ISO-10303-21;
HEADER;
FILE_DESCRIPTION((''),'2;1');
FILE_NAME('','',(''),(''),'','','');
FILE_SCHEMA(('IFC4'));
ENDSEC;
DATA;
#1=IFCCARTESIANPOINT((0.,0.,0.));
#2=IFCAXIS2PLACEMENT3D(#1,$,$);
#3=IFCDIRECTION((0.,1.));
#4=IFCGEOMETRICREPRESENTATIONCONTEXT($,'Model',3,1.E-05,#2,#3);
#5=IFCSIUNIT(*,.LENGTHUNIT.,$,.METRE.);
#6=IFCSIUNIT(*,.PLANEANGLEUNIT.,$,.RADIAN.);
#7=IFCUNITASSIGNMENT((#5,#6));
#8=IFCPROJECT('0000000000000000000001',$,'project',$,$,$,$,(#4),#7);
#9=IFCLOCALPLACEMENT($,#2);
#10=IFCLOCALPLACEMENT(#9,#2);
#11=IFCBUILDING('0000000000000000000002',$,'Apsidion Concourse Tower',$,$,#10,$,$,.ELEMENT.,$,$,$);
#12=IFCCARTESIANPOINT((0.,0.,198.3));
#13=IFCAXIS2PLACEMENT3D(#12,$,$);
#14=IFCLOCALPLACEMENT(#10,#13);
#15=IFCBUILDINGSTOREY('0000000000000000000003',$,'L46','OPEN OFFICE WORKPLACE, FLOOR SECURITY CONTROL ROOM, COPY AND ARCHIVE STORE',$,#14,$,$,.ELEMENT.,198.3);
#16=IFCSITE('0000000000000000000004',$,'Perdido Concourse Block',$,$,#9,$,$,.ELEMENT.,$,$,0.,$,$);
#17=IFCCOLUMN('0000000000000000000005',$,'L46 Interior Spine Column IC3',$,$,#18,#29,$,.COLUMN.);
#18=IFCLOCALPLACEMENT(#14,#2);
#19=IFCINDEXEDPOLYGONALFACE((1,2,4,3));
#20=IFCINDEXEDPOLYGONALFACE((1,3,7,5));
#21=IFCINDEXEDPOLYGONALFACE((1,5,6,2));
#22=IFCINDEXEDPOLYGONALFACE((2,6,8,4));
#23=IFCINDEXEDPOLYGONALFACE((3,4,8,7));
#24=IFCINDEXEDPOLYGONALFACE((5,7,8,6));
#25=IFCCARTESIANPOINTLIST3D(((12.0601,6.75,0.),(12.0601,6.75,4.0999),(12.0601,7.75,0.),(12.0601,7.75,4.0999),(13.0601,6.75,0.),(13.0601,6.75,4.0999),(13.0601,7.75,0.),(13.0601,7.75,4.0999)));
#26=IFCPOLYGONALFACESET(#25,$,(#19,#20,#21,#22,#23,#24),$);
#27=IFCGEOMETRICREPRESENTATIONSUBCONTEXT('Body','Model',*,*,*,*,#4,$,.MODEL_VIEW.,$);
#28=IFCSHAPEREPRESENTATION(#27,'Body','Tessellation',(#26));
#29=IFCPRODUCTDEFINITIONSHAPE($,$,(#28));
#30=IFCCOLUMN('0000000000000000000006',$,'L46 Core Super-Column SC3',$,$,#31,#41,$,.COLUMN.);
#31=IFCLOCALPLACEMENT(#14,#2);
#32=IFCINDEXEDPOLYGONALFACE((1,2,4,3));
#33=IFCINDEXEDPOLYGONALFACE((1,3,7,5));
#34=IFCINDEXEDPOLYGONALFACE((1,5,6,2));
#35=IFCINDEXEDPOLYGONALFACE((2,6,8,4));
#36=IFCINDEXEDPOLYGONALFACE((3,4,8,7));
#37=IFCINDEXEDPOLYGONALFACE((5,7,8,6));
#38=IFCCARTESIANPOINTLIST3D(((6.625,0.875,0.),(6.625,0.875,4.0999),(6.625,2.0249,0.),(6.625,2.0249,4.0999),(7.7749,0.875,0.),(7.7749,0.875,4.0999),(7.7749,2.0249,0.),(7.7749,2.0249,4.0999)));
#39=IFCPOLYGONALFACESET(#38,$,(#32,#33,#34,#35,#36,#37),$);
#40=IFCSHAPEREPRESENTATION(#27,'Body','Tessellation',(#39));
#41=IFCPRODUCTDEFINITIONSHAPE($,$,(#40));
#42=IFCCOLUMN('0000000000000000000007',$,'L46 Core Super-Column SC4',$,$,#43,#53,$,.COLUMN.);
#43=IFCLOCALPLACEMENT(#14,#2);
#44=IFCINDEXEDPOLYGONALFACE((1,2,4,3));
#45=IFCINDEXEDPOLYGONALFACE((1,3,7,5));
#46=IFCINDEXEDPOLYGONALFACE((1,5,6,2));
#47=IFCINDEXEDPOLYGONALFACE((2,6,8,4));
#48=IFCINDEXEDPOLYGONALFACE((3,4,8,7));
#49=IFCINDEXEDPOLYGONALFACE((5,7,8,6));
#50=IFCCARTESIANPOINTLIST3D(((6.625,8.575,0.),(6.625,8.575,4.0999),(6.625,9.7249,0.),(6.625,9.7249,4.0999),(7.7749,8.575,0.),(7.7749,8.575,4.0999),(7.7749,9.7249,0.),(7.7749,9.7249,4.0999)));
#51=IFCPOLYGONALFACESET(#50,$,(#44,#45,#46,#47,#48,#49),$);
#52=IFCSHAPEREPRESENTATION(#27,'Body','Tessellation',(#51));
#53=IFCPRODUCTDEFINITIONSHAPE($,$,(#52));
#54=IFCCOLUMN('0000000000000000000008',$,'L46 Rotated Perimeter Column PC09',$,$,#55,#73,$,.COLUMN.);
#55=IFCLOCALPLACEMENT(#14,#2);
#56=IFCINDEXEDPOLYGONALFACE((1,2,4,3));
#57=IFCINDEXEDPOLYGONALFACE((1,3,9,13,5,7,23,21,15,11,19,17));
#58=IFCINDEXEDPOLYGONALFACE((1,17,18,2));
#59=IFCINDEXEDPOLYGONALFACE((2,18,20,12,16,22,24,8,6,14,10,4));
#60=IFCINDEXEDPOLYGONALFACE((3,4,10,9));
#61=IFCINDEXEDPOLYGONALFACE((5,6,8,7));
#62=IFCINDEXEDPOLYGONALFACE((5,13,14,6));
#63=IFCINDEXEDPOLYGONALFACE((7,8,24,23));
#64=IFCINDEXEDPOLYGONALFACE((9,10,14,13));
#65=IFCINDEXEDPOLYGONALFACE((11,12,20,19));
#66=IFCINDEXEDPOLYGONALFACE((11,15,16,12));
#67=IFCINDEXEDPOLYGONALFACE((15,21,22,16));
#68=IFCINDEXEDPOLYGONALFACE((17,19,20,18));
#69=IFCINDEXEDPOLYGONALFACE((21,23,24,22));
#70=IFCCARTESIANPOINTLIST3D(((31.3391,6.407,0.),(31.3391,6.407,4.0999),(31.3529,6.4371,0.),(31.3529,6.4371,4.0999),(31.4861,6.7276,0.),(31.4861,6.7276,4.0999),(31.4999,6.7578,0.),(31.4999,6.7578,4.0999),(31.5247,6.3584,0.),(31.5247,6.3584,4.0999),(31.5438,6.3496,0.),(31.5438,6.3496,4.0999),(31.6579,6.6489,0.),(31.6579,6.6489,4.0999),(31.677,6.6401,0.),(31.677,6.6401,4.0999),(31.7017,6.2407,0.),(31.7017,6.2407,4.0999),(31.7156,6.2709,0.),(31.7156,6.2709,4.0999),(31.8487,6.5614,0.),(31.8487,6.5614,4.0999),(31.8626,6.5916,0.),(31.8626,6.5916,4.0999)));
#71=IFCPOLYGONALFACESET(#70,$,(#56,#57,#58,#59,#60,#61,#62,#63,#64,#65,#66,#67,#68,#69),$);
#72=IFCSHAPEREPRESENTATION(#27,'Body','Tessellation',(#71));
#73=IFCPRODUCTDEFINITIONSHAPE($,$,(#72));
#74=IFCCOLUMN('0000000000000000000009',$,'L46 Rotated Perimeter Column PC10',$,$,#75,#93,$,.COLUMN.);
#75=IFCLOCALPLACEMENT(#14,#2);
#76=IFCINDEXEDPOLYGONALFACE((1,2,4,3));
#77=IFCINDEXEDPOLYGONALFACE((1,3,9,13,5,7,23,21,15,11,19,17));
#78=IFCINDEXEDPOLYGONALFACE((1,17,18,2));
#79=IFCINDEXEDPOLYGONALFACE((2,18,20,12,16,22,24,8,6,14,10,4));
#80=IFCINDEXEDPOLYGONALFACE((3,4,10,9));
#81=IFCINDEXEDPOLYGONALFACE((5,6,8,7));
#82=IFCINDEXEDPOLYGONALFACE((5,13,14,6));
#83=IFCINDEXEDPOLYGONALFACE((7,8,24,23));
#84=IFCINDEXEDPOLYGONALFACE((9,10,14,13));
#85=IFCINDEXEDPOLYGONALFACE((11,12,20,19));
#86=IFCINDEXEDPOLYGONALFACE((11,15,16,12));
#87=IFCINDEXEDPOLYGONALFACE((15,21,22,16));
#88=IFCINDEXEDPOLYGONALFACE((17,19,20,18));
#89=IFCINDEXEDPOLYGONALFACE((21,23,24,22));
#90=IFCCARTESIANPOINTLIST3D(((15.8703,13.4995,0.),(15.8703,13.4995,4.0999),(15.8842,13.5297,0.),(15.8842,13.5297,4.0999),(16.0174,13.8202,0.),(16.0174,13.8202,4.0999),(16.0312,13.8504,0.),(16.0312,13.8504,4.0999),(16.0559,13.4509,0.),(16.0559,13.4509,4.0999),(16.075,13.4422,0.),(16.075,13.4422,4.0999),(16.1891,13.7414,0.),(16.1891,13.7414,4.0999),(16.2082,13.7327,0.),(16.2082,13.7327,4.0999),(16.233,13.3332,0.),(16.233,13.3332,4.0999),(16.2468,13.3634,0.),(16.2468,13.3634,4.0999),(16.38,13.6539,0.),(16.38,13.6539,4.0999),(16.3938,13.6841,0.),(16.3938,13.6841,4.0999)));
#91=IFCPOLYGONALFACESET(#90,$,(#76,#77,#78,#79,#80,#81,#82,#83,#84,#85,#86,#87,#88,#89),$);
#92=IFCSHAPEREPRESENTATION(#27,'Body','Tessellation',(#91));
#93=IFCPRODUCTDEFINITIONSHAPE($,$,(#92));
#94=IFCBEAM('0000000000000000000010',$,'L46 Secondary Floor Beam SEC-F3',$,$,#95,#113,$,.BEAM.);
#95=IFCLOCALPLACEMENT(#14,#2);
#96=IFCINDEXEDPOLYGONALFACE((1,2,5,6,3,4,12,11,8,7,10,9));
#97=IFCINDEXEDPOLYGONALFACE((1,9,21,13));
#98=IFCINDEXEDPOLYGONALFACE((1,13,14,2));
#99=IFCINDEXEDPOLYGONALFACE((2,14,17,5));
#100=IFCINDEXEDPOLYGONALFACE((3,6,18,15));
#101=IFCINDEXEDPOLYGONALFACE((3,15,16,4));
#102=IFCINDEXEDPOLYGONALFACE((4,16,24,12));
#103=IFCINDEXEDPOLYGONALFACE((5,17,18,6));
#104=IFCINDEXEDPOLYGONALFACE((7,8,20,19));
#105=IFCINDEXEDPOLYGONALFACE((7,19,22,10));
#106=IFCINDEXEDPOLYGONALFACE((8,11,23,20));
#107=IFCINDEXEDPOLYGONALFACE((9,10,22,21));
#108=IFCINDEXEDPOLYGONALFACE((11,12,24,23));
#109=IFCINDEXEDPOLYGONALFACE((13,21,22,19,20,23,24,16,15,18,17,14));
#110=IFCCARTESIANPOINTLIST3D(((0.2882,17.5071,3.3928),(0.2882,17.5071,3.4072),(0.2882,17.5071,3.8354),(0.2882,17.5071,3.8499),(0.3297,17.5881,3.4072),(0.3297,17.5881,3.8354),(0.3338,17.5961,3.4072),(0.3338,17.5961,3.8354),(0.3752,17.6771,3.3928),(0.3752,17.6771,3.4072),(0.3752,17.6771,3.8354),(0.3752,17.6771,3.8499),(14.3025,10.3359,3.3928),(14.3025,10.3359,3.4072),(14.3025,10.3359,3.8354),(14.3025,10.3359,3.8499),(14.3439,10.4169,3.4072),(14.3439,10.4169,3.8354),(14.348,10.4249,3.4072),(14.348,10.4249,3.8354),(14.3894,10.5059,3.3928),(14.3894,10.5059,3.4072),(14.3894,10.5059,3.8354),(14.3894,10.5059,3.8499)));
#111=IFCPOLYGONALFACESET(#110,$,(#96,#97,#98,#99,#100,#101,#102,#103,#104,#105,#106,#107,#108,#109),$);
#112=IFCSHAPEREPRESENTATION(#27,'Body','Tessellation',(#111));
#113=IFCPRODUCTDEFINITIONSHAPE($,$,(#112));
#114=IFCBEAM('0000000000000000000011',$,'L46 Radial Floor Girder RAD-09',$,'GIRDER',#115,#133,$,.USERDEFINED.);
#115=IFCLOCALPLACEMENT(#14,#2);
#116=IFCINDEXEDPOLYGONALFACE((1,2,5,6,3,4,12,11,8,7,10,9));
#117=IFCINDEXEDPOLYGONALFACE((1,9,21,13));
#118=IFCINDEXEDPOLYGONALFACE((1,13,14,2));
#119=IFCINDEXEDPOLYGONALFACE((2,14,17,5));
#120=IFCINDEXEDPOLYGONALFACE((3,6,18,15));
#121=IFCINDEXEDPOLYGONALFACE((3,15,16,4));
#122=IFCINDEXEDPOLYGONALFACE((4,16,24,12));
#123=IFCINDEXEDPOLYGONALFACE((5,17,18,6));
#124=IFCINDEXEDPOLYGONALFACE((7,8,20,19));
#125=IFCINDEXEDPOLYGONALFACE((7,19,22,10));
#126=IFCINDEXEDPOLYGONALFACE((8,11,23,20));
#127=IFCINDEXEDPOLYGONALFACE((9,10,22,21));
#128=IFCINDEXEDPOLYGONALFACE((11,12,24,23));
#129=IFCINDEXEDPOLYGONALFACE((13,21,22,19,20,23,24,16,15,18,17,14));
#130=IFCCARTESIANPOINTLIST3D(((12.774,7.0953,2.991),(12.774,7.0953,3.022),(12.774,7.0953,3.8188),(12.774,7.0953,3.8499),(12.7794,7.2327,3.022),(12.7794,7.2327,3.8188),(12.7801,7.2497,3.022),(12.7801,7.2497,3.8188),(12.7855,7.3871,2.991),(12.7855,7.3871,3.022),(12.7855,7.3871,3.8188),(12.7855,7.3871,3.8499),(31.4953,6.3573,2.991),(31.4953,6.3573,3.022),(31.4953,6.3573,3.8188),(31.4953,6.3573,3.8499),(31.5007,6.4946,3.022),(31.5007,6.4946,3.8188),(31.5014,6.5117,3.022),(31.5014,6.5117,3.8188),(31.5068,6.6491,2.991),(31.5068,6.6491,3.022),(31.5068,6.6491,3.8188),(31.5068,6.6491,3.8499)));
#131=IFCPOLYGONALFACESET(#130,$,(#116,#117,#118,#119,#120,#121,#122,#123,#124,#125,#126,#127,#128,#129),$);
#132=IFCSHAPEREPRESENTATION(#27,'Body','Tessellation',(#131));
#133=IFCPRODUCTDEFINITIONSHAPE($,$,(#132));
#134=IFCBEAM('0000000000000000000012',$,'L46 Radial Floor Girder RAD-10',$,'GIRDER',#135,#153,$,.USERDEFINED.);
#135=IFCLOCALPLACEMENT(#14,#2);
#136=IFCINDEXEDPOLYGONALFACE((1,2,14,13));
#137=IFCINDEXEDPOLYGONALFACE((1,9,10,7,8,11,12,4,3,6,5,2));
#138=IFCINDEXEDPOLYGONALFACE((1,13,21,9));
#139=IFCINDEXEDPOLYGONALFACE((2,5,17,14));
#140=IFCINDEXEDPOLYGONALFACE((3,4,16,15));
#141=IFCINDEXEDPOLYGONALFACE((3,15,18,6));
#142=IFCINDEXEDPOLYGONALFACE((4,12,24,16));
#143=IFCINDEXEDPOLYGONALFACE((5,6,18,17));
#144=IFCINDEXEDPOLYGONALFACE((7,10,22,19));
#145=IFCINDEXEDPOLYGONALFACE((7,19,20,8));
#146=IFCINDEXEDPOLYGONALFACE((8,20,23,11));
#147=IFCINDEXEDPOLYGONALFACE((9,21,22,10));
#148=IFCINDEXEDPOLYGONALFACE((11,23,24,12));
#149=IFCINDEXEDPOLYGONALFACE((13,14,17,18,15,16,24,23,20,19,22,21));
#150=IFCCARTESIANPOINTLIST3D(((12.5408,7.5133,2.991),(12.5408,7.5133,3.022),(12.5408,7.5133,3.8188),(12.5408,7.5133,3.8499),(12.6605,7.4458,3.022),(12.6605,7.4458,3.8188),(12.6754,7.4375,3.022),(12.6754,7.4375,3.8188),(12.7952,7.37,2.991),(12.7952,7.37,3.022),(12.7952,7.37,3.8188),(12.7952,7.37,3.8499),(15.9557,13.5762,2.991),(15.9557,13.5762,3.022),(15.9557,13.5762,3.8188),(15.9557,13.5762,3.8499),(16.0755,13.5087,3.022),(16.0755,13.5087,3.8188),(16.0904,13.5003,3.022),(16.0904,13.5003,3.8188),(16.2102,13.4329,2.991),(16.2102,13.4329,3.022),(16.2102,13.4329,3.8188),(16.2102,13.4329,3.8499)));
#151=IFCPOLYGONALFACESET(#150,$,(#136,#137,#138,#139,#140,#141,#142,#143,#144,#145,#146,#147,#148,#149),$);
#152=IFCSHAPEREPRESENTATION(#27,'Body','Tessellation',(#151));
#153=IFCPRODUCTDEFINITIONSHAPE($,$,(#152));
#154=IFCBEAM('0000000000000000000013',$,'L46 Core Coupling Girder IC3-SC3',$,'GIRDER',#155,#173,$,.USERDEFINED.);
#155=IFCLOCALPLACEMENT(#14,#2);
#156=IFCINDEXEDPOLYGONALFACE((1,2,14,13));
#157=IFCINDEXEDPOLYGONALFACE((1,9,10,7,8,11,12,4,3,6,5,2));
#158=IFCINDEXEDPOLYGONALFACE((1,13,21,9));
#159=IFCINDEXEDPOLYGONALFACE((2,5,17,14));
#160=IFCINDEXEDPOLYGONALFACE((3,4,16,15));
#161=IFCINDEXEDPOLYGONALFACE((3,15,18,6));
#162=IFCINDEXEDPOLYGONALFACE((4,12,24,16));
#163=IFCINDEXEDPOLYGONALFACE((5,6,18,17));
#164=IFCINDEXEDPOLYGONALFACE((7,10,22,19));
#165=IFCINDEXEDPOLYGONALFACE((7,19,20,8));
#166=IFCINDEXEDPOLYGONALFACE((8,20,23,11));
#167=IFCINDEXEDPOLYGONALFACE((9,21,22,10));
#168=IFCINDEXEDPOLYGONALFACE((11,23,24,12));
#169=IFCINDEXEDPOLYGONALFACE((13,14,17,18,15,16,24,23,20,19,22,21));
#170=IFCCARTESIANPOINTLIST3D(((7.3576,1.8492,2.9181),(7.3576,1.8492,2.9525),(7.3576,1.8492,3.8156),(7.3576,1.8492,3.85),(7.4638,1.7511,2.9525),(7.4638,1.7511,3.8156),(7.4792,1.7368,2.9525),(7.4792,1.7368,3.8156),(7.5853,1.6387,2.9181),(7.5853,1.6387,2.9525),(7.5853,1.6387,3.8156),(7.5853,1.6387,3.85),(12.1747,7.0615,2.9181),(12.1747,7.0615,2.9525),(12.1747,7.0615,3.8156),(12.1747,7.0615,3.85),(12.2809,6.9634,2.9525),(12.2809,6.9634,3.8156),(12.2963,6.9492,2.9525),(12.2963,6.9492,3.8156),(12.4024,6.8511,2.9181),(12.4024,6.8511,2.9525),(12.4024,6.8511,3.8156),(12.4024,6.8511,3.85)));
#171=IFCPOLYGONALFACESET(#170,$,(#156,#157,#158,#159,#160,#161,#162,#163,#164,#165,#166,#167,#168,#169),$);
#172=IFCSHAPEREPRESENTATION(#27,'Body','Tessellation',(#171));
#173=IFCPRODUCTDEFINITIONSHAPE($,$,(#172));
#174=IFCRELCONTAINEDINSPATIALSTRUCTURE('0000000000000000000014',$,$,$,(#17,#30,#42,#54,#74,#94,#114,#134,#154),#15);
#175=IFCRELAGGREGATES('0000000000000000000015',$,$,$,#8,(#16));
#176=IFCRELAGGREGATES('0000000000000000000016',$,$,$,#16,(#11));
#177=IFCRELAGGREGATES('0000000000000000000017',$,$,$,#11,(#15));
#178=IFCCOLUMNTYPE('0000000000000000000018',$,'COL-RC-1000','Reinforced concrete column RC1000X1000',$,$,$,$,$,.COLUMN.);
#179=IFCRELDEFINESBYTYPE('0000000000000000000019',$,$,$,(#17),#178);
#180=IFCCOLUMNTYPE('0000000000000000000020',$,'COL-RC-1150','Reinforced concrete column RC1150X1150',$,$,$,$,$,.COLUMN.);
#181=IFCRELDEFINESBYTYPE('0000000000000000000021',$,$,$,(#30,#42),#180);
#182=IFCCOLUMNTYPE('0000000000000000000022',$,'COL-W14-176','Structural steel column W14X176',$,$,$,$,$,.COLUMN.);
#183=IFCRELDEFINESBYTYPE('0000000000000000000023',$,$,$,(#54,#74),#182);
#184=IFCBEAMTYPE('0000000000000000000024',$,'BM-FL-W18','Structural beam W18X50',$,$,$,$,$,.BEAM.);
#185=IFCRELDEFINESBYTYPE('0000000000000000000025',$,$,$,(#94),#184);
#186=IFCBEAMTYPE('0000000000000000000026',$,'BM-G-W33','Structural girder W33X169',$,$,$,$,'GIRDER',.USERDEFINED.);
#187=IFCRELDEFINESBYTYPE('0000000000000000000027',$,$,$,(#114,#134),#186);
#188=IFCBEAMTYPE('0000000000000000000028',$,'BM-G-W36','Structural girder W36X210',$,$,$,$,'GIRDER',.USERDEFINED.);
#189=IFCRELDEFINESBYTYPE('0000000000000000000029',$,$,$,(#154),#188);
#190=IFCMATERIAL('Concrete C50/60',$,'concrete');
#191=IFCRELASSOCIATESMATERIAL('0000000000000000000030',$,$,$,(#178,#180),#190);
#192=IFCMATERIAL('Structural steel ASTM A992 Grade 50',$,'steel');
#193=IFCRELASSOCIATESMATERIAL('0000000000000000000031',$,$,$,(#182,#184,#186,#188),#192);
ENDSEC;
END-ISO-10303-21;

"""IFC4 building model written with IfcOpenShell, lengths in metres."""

from ifc_helpers import new_model, si_unit, direction, frame, origin, origin_2d, place, context, subcontext, project, spatial, rectangle, i_section, extrude, material, material_profile, profile_set, type_object, element, save


model = new_model("IFC4")

# Units and contexts
model_context = context("Model", 3, precision=1e-05, world=origin(), true_north=direction((0.0, 1.0)))
body_context = subcontext(model_context, "Body", "Model", "MODEL_VIEW")
ifc_project = project(units=[si_unit("LENGTHUNIT", "METRE"), si_unit("PLANEANGLEUNIT", "RADIAN")], contexts=[model_context])

# Site, building, storey
site_placement = place(None, origin())
site = spatial("IfcSite", under=ifc_project, at=site_placement, Name="Perdido Concourse Block", CompositionType="ELEMENT", RefElevation=0.0)
building_placement = place(site_placement, origin())
building = spatial("IfcBuilding", under=site, at=building_placement, Name="Apsidion Concourse Tower", CompositionType="ELEMENT")
storey_placement = place(building_placement, frame((0.0, 0.0, 198.3)))
storey = spatial("IfcBuildingStorey", under=building, at=storey_placement, Name="L46", Description="OPEN OFFICE WORKPLACE, FLOOR SECURITY CONTROL ROOM, COPY AND ARCHIVE STORE", CompositionType="ELEMENT", Elevation=198.3)

# Columns
ifc_material_1 = material(Name="Concrete C50/60", Category="concrete")
ifc_material_profile_1 = material_profile(ifc_material_1, rectangle(XDim=1.0, YDim=1.0, at=origin_2d()), Name="RC 1000x1000")
ifc_profile_set_1 = profile_set([ifc_material_profile_1], Name="Concrete C50/60")
column_type_1 = type_object("IfcColumnType", Name="COL-RC-1000", Description="Reinforced concrete column RC1000X1000", PredefinedType="COLUMN", material=ifc_profile_set_1)
column_placement = place(storey_placement, frame((12.5601, 7.25, 0.0), z_axis=(0.0, 0.0, 1.0), x_axis=(1.0, 0.0, 0.0)))
element("IfcColumn", 1, at=column_placement, inside=storey, type_object=column_type_1, Name="L46 Interior Spine Column IC3", PredefinedType="COLUMN", context=body_context, shape_type="SweptSolid", body=[
    extrude(rectangle(XDim=1.0, YDim=1.0, at=origin_2d()), origin(), (0.0, 0.0, 1.0), 4.0999),
])
ifc_material_profile_2 = material_profile(ifc_material_1, rectangle(XDim=1.1499, YDim=1.1499, at=origin_2d()), Name="RC 1150x1150")
ifc_profile_set_2 = profile_set([ifc_material_profile_2], Name="Concrete C50/60")
column_type_2 = type_object("IfcColumnType", Name="COL-RC-1150", Description="Reinforced concrete column RC1150X1150", PredefinedType="COLUMN", material=ifc_profile_set_2)
for number, where, z_axis, x_axis, name in (
    (2, (7.2, 1.45, 0.0), (0.0, 0.0, 1.0), (1.0, 0.0, 0.0), "L46 Core Super-Column SC3"),
    (3, (7.2, 9.1499, 0.0), (0.0, 0.0, 1.0), (1.0, 0.0, 0.0), "L46 Core Super-Column SC4"),
):
    element("IfcColumn", number, at=place(storey_placement, frame(where, z_axis=z_axis, x_axis=x_axis)), inside=storey, type_object=column_type_2, Name=name, PredefinedType="COLUMN", context=body_context, shape_type="SweptSolid", body=[
        extrude(rectangle(XDim=1.1499, YDim=1.1499, at=origin_2d()), origin(), (0.0, 0.0, 1.0), 4.0999),
    ])
ifc_material_2 = material(Name="Structural steel ASTM A992 Grade 50", Category="steel")
ifc_material_profile_3 = material_profile(ifc_material_2, i_section(OverallWidth=0.3989, OverallDepth=0.386, WebThickness=0.021, FlangeThickness=0.0332, at=origin_2d()), Name="W14X176")
ifc_profile_set_3 = profile_set([ifc_material_profile_3], Name="Structural steel ASTM A992 Grade 50")
column_type_3 = type_object("IfcColumnType", Name="COL-W14-176", Description="Structural steel column W14X176", PredefinedType="COLUMN", material=ifc_profile_set_3)
for number, where, z_axis, x_axis, name in (
    (4, (31.6008, 6.4993, 0.0), (0.0, 0.0, 1.0), (-0.909018, 0.416757, 0.0), "L46 Rotated Perimeter Column PC09"),
    (5, (16.1321, 13.5918, 0.0), (0.0, 0.0, 1.0), (-0.909018, 0.416757, 0.0), "L46 Rotated Perimeter Column PC10"),
):
    element("IfcColumn", number, at=place(storey_placement, frame(where, z_axis=z_axis, x_axis=x_axis)), inside=storey, type_object=column_type_3, Name=name, PredefinedType="COLUMN", context=body_context, shape_type="SweptSolid", body=[
        extrude(i_section(OverallWidth=0.3989, OverallDepth=0.386, WebThickness=0.021, FlangeThickness=0.0332, at=origin_2d()), origin(), (0.0, 0.0, 1.0), 4.0999),
    ])

# Beams
ifc_material_profile_4 = material_profile(ifc_material_2, i_section(OverallWidth=0.1909, OverallDepth=0.457, WebThickness=0.009, FlangeThickness=0.0144, at=origin_2d()), Name="W18X50")
ifc_profile_set_4 = profile_set([ifc_material_profile_4], Name="Structural steel ASTM A992 Grade 50")
beam_type_1 = type_object("IfcBeamType", Name="BM-FL-W18", Description="Structural beam W18X50", PredefinedType="BEAM", material=ifc_profile_set_4)
beam_1_placement = place(storey_placement, frame((14.3459, 10.4209, 3.6213), z_axis=(-0.89022, 0.455532, 0.0), x_axis=(-0.455532, -0.89022, 0.0)))
element("IfcBeam", 6, at=beam_1_placement, inside=storey, type_object=beam_type_1, Name="L46 Secondary Floor Beam SEC-F3", PredefinedType="BEAM", context=body_context, shape_type="SweptSolid", body=[
    extrude(i_section(OverallWidth=0.1909, OverallDepth=0.457, WebThickness=0.009, FlangeThickness=0.0144, at=origin_2d()), origin(), (0.0, 0.0, 1.0), 15.7424),
])
ifc_material_profile_5 = material_profile(ifc_material_2, i_section(OverallWidth=0.292, OverallDepth=0.8589, WebThickness=0.0171, FlangeThickness=0.031, at=origin_2d()), Name="W33X169")
ifc_profile_set_5 = profile_set([ifc_material_profile_5], Name="Structural steel ASTM A992 Grade 50")
beam_type_2 = type_object("IfcBeamType", Name="BM-G-W33", Description="Structural girder W33X169", ElementType="GIRDER", PredefinedType="USERDEFINED", material=ifc_profile_set_5)
beam_2_placement = place(storey_placement, frame((12.7798, 7.2412, 3.4204), z_axis=(0.999224, -0.039392, 0.0), x_axis=(0.039392, 0.999224, 0.0)))
element("IfcBeam", 7, at=beam_2_placement, inside=storey, type_object=beam_type_2, Name="L46 Radial Floor Girder RAD-09", ObjectType="GIRDER", PredefinedType="USERDEFINED", context=body_context, shape_type="SweptSolid", body=[
    extrude(i_section(OverallWidth=0.292, OverallDepth=0.8589, WebThickness=0.0171, FlangeThickness=0.031, at=origin_2d()), origin(), (0.0, 0.0, 1.0), 18.7358),
])
beam_3_placement = place(storey_placement, frame((12.668, 7.4417, 3.4204), z_axis=(0.490764, 0.871292, 0.0), x_axis=(-0.871292, 0.490764, 0.0)))
element("IfcBeam", 8, at=beam_3_placement, inside=storey, type_object=beam_type_2, Name="L46 Radial Floor Girder RAD-10", ObjectType="GIRDER", PredefinedType="USERDEFINED", context=body_context, shape_type="SweptSolid", body=[
    extrude(i_section(OverallWidth=0.292, OverallDepth=0.8589, WebThickness=0.0171, FlangeThickness=0.031, at=origin_2d()), origin(), (0.0, 0.0, 1.0), 6.9585),
])
ifc_material_profile_6 = material_profile(ifc_material_2, i_section(OverallWidth=0.3101, OverallDepth=0.9319, WebThickness=0.021, FlangeThickness=0.0344, at=origin_2d()), Name="W36X210")
ifc_profile_set_6 = profile_set([ifc_material_profile_6], Name="Structural steel ASTM A992 Grade 50")
beam_type_3 = type_object("IfcBeamType", Name="BM-G-W36", Description="Structural girder W36X210", ElementType="GIRDER", PredefinedType="USERDEFINED", material=ifc_profile_set_6)
beam_4_placement = place(storey_placement, frame((12.2886, 6.9563, 3.384), z_axis=(-0.678713, -0.734404, 0.0), x_axis=(0.734404, -0.678713, 0.0)))
element("IfcBeam", 9, at=beam_4_placement, inside=storey, type_object=beam_type_3, Name="L46 Core Coupling Girder IC3-SC3", ObjectType="GIRDER", PredefinedType="USERDEFINED", context=body_context, shape_type="SweptSolid", body=[
    extrude(i_section(OverallWidth=0.3101, OverallDepth=0.9319, WebThickness=0.021, FlangeThickness=0.0344, at=origin_2d()), origin(), (0.0, 0.0, 1.0), 7.0974),
])

save(model, "model.ifc")
